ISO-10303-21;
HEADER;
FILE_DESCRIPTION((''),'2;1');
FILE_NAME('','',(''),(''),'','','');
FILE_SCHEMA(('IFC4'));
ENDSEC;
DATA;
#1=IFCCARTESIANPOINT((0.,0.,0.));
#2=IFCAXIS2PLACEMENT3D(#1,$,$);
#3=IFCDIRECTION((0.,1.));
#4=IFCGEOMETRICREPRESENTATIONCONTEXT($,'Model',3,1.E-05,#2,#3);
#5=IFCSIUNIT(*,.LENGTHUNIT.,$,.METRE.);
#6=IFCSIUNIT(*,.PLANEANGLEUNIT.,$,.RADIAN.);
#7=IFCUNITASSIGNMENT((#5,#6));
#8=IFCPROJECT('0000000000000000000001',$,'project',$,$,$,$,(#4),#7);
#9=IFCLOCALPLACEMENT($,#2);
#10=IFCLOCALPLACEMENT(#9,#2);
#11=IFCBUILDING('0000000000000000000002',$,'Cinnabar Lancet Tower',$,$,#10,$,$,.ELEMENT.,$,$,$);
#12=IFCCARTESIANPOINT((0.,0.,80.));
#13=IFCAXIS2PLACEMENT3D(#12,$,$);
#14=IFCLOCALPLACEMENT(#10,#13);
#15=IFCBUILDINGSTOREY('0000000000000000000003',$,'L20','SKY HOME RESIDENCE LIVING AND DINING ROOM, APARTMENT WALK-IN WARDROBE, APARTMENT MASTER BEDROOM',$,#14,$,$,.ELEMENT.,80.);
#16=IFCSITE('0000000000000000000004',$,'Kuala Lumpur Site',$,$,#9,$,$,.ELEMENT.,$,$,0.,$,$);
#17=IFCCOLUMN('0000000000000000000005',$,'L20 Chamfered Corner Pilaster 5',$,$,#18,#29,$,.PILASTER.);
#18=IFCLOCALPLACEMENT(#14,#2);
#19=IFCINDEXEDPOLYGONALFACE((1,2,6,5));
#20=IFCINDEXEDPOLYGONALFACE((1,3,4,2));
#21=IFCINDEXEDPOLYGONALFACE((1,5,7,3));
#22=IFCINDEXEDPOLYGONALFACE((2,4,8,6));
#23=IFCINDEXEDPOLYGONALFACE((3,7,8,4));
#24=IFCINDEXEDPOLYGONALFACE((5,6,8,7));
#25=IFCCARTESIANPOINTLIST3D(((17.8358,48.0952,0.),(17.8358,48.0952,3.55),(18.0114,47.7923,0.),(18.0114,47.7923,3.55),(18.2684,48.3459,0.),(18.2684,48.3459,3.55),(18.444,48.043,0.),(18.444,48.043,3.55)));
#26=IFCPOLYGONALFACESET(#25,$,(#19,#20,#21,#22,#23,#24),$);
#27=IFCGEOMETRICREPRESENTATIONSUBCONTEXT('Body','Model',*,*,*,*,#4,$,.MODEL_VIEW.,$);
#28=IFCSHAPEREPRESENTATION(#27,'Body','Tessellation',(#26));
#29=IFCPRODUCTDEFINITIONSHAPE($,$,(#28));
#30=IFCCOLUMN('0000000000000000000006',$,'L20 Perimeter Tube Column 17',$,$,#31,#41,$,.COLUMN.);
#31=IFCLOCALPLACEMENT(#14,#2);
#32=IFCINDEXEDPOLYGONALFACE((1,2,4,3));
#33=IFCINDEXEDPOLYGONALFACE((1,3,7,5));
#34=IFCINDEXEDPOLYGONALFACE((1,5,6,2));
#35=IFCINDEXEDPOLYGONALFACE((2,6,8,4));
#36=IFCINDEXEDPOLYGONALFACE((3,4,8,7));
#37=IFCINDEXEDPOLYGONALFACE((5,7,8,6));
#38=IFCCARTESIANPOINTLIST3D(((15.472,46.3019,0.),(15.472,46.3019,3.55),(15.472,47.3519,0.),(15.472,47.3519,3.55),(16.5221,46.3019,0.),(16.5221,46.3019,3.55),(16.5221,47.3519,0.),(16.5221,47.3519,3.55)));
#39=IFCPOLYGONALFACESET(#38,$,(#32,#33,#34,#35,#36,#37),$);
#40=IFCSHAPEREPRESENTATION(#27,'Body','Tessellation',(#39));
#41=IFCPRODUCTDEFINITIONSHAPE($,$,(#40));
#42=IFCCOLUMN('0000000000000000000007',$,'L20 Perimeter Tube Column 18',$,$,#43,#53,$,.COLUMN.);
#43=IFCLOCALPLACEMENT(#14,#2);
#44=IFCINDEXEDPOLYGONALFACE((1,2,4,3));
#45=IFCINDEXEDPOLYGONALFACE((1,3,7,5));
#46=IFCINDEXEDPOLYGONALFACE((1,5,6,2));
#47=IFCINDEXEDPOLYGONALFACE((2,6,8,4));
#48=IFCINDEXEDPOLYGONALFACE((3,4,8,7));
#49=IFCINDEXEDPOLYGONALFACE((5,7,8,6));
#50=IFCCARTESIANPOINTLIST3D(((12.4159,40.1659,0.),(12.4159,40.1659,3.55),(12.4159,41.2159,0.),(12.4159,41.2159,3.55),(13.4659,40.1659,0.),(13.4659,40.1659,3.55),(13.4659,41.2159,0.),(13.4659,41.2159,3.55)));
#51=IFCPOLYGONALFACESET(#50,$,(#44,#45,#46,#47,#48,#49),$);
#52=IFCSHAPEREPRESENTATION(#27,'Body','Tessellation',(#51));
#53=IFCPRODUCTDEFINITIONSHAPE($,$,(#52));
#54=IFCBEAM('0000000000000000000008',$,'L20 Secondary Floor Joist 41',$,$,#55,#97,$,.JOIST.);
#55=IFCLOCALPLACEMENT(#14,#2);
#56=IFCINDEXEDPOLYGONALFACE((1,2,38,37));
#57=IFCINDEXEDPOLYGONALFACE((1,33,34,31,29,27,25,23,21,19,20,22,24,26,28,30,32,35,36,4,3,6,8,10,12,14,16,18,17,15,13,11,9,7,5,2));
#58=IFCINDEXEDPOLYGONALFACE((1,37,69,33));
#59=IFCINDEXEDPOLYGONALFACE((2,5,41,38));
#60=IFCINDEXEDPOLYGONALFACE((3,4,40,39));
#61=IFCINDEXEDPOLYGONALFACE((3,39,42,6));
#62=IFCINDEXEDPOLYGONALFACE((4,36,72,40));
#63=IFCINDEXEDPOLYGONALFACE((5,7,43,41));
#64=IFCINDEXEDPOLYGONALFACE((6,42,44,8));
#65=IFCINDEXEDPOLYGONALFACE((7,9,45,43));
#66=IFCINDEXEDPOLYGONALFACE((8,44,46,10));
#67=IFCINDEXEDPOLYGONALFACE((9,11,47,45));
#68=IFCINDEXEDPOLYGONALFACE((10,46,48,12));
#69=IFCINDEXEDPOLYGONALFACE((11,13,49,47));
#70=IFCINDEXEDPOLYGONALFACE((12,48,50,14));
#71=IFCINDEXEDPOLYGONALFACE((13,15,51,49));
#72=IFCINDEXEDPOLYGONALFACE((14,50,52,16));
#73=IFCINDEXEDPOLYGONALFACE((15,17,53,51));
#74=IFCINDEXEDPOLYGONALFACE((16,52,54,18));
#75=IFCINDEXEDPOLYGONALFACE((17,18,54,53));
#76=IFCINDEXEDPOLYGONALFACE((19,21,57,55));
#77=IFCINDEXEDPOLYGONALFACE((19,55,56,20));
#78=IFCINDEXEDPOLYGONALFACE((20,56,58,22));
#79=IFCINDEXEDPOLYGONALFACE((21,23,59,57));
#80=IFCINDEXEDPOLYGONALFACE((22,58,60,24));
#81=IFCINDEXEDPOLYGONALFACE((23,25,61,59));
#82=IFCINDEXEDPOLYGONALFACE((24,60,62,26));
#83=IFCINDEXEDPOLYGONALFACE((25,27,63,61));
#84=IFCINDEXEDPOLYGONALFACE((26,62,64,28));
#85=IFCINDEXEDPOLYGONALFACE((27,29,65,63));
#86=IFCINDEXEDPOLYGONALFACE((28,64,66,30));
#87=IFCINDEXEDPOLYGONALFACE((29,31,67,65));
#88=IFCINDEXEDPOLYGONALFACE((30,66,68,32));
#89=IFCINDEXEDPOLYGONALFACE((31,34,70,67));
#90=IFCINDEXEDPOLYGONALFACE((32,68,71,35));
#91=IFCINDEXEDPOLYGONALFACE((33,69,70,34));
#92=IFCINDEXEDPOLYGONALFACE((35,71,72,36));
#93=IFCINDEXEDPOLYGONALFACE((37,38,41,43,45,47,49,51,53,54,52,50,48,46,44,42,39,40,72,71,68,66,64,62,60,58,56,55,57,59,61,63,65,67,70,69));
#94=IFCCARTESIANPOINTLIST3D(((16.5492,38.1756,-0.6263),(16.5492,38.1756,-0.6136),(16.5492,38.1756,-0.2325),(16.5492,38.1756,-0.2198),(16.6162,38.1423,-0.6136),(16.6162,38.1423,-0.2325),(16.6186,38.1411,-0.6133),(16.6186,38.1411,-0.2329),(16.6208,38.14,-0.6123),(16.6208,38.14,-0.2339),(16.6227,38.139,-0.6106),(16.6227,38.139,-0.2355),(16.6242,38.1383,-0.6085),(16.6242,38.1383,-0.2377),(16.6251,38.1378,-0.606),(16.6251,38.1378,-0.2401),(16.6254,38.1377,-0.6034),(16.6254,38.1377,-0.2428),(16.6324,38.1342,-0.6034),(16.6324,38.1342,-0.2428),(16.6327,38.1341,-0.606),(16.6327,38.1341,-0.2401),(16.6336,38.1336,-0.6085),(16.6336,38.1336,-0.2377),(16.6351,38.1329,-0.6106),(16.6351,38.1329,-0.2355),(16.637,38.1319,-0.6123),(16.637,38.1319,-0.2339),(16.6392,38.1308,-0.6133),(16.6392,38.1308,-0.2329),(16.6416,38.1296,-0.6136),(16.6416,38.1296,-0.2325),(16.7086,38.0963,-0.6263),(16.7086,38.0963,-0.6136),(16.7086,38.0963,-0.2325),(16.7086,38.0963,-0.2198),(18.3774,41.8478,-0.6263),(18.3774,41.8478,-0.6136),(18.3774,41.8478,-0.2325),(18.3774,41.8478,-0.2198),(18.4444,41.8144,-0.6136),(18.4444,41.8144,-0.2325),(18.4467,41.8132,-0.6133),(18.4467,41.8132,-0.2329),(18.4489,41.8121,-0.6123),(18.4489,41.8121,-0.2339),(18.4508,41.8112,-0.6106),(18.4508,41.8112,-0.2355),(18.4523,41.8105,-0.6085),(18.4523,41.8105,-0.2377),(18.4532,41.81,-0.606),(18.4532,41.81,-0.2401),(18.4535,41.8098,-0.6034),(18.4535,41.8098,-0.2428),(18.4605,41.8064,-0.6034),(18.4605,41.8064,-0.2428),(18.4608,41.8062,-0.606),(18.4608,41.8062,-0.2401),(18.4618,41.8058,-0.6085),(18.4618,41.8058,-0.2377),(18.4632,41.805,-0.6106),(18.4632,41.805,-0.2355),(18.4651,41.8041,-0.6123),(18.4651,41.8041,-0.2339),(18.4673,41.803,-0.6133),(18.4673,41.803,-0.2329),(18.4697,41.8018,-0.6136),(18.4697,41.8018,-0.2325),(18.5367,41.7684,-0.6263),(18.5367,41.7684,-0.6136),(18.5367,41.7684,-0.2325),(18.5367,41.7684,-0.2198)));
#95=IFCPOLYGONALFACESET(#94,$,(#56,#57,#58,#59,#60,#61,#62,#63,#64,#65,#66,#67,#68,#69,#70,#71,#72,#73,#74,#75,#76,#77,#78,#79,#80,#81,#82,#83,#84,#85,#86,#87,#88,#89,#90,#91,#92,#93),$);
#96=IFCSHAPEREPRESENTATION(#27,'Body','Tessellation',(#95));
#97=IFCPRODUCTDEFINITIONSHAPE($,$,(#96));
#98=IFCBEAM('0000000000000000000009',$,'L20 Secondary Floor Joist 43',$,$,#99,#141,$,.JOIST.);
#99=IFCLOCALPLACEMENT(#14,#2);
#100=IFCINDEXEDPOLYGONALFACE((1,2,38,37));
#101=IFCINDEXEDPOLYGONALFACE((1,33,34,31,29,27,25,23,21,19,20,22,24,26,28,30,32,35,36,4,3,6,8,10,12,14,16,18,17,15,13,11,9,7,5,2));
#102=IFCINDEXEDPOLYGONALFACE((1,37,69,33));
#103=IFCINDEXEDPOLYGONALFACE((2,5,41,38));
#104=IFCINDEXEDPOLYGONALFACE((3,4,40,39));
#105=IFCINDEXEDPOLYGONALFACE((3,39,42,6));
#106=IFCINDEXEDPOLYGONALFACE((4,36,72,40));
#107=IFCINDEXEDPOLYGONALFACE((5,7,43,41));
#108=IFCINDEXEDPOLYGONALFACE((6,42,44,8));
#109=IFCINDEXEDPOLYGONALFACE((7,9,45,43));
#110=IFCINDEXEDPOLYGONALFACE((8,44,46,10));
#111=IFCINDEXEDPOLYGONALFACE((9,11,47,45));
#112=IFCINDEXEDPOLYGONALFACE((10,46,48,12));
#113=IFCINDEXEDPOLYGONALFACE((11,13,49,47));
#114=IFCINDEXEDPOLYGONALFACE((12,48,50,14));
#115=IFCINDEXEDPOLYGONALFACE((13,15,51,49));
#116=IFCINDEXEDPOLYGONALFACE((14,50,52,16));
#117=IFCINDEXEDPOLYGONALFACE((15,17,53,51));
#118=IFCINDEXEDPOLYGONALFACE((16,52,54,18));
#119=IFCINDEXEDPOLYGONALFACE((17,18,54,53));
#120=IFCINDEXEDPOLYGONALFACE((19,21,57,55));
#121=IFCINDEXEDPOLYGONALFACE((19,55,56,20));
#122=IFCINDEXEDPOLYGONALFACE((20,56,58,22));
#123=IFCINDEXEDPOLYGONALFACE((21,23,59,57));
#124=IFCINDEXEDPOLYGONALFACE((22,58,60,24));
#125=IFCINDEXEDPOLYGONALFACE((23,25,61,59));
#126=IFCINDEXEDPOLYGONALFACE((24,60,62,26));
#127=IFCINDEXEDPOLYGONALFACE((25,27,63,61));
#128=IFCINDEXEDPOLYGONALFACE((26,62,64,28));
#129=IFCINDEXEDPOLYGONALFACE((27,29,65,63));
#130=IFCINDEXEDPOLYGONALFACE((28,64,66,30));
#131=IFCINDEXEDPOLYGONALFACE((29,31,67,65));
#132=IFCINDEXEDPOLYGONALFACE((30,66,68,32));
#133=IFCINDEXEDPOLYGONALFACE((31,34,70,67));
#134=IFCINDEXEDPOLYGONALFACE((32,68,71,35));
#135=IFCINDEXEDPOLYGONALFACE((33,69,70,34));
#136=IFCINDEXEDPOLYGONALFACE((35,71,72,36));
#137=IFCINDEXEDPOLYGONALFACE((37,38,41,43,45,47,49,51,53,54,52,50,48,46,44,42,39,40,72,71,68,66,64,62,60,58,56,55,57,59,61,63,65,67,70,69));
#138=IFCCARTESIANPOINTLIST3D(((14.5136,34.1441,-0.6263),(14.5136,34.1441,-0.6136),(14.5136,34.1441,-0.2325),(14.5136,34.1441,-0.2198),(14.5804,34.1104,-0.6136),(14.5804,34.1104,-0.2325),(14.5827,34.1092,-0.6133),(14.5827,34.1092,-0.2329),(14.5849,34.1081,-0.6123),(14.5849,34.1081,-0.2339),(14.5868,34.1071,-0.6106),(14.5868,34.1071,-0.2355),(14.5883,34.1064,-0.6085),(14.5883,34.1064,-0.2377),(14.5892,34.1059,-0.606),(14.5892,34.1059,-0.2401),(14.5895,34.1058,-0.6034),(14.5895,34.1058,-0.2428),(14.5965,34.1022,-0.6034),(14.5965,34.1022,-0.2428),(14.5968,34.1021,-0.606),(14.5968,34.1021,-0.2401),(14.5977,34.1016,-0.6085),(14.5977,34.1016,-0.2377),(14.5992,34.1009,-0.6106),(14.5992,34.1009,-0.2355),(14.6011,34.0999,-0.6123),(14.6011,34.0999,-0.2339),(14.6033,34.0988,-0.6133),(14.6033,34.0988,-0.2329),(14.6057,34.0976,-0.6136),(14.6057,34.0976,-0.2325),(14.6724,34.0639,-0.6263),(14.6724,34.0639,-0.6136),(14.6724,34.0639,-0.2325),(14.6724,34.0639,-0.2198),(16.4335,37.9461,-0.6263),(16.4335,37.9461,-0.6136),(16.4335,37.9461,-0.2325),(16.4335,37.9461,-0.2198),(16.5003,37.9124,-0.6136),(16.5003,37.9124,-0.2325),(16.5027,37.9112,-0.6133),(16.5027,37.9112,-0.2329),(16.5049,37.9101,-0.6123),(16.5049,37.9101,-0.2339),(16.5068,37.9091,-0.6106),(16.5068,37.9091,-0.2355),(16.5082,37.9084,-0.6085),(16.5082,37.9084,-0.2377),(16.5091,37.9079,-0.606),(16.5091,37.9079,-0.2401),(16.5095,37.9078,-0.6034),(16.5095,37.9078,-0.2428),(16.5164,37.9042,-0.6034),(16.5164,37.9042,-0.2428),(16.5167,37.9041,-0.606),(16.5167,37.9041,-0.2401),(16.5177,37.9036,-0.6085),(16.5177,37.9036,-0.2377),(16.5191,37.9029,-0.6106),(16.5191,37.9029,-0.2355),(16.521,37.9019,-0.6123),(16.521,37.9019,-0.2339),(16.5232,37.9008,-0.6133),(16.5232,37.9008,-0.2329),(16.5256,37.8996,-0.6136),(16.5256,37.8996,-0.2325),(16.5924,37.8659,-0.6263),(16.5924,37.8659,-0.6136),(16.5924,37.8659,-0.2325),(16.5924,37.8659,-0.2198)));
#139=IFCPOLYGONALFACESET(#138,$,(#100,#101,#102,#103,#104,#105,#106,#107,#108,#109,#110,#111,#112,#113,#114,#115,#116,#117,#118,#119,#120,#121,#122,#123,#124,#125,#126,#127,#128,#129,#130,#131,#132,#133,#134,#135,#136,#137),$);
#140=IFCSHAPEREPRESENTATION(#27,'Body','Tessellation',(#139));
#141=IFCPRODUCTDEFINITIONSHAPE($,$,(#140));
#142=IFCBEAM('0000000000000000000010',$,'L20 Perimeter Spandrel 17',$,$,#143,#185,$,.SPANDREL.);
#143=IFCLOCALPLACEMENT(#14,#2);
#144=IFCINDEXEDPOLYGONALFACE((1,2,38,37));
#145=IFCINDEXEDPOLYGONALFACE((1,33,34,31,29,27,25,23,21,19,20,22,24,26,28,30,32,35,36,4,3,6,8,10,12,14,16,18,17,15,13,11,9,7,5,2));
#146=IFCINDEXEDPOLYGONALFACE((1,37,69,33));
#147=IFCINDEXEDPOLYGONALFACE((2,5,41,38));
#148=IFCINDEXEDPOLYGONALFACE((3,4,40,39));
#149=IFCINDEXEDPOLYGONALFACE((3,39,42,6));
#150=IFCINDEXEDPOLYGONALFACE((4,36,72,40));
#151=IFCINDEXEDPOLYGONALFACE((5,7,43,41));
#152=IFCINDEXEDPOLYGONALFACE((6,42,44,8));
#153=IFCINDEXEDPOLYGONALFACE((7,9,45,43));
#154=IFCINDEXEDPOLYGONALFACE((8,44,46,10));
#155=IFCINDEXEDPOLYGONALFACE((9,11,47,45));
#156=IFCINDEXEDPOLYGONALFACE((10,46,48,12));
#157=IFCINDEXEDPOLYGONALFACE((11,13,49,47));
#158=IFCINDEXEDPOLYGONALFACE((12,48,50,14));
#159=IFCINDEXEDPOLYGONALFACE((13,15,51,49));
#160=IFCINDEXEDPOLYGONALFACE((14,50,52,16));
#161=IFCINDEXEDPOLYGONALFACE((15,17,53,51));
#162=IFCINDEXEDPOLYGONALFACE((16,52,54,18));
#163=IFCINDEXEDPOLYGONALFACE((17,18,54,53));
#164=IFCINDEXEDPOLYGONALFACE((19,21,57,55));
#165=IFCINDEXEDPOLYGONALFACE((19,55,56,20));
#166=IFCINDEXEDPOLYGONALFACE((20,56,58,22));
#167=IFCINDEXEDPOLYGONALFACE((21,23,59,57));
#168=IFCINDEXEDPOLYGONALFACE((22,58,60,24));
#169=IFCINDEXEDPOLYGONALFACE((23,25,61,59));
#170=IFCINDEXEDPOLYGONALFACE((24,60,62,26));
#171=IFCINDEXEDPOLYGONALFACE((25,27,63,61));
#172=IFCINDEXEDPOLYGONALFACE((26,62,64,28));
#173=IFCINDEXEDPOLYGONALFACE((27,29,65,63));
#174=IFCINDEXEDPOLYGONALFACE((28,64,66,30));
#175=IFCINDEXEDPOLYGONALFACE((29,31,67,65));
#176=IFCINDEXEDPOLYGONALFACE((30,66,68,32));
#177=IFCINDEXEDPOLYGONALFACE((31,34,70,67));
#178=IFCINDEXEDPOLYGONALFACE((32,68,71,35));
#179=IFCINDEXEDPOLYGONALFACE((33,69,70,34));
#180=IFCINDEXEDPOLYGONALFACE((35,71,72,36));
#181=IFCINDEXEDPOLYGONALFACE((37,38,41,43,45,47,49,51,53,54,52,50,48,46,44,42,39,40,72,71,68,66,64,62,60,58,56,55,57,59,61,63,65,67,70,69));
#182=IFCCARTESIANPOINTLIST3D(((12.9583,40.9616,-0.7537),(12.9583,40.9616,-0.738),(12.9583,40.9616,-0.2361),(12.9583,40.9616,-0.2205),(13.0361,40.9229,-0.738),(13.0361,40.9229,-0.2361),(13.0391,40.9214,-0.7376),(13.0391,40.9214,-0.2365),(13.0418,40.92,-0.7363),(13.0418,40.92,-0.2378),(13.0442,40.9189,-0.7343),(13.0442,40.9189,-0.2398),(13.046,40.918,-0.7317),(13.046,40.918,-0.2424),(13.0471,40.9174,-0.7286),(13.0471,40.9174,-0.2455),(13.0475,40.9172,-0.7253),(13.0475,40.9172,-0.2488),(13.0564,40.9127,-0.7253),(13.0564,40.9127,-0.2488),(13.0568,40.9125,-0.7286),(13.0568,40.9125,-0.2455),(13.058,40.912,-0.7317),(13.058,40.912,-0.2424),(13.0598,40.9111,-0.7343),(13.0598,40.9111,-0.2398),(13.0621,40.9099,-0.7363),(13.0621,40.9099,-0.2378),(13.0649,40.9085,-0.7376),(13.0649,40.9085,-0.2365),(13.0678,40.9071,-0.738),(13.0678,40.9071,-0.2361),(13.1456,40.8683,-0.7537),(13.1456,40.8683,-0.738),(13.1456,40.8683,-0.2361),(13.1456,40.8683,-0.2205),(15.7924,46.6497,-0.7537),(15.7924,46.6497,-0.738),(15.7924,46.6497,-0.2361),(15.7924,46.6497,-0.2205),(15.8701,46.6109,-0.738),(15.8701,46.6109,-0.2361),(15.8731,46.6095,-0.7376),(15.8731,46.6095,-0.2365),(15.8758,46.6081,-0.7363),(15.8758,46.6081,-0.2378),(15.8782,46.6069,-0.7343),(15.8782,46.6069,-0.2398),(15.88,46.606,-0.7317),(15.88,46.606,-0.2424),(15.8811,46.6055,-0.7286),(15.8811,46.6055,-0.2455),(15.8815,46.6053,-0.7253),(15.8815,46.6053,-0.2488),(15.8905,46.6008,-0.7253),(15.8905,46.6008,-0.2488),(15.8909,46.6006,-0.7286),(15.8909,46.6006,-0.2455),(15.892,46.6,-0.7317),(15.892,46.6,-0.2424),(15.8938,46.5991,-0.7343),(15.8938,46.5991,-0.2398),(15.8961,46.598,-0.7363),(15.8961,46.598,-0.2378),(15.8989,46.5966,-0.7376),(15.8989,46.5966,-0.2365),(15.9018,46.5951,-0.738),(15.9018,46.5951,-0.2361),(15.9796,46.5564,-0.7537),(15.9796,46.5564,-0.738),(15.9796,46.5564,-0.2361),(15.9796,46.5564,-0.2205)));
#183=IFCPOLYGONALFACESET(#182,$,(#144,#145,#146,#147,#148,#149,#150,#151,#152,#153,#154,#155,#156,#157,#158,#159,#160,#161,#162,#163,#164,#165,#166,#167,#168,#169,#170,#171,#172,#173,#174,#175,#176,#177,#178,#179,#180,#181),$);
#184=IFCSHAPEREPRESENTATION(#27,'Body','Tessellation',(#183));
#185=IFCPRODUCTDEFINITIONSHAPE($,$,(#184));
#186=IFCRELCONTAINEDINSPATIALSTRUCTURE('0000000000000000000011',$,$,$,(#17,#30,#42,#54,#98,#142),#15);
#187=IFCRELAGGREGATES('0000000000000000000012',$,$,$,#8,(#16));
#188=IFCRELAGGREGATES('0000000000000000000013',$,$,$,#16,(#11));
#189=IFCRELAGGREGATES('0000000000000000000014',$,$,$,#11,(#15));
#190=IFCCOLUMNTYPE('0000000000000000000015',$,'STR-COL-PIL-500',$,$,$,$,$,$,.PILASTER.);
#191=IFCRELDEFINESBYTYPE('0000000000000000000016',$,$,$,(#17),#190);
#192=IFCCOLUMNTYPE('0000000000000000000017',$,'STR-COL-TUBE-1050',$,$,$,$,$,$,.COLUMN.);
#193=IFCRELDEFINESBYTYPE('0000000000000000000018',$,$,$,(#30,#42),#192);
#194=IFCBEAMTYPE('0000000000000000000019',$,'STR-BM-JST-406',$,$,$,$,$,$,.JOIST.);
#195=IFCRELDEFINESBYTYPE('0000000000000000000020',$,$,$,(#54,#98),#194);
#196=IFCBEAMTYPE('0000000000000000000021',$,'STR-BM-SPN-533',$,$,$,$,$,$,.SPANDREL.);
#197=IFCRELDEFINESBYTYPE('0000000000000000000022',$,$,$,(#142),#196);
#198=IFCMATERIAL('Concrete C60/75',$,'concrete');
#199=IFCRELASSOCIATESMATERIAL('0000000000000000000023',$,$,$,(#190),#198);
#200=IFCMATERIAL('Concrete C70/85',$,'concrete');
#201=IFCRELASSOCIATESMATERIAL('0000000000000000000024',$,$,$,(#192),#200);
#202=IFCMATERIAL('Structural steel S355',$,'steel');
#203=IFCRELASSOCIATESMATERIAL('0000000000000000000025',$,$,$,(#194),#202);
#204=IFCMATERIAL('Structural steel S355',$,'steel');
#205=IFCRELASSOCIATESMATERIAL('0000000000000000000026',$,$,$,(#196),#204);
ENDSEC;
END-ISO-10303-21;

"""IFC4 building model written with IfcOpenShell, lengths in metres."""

from ifc_helpers import new_model, si_unit, direction, frame, origin, origin_2d, place, context, subcontext, project, spatial, rectangle, i_section, extrude, material, material_profile, profile_set, type_object, element, save


model = new_model("IFC4")

# Units and contexts
model_context = context("Model", 3, precision=1e-05, world=origin(), true_north=direction((0.0, 1.0)))
body_context = subcontext(model_context, "Body", "Model", "MODEL_VIEW")
ifc_project = project(units=[si_unit("LENGTHUNIT", "METRE"), si_unit("PLANEANGLEUNIT", "RADIAN")], contexts=[model_context])

# Site, building, storey
site_placement = place(None, origin())
site = spatial("IfcSite", under=ifc_project, at=site_placement, Name="Kuala Lumpur Site", CompositionType="ELEMENT", RefElevation=0.0)
building_placement = place(site_placement, origin())
building = spatial("IfcBuilding", under=site, at=building_placement, Name="Cinnabar Lancet Tower", CompositionType="ELEMENT")
storey_placement = place(building_placement, frame((0.0, 0.0, 80.0)))
storey = spatial("IfcBuildingStorey", under=building, at=storey_placement, Name="L20", Description="SKY HOME RESIDENCE LIVING AND DINING ROOM, APARTMENT WALK-IN WARDROBE, APARTMENT MASTER BEDROOM", CompositionType="ELEMENT", Elevation=80.0)

# Columns
ifc_material_1 = material(Name="Concrete C60/75", Category="concrete")
ifc_material_profile_1 = material_profile(ifc_material_1, rectangle(XDim=0.5, YDim=0.3501, at=origin_2d()), Name="RC-PIL 500x350")
ifc_profile_set_1 = profile_set([ifc_material_profile_1], Name="Concrete C60/75")
column_type_1 = type_object("IfcColumnType", Name="STR-COL-PIL-500", PredefinedType="PILASTER", material=ifc_profile_set_1)
column_placement = place(storey_placement, frame((18.1399, 48.0691, 0.0), z_axis=(0.0, 0.0, 1.0), x_axis=(-0.865195, -0.501435, 0.0)))
element("IfcColumn", 1, at=column_placement, inside=storey, type_object=column_type_1, Name="L20 Chamfered Corner Pilaster 5", PredefinedType="PILASTER", context=body_context, shape_type="SweptSolid", body=[
    extrude(rectangle(XDim=0.5, YDim=0.3501, at=origin_2d()), origin(), (0.0, 0.0, 1.0), 3.55),
])
ifc_material_2 = material(Name="Concrete C70/85", Category="concrete")
ifc_material_profile_2 = material_profile(ifc_material_2, rectangle(XDim=1.05, YDim=1.05, at=origin_2d()), Name="RC-COL 1050x1050")
ifc_profile_set_2 = profile_set([ifc_material_profile_2], Name="Concrete C70/85")
column_type_2 = type_object("IfcColumnType", Name="STR-COL-TUBE-1050", PredefinedType="COLUMN", material=ifc_profile_set_2)
for number, where, z_axis, x_axis, name in (
    (2, (15.9971, 46.8269, 0.0), (0.0, 0.0, 1.0), (1.0, 0.0, 0.0), "L20 Perimeter Tube Column 17"),
    (3, (12.9409, 40.6909, 0.0), (0.0, 0.0, 1.0), (1.0, 0.0, 0.0), "L20 Perimeter Tube Column 18"),
):
    element("IfcColumn", number, at=place(storey_placement, frame(where, z_axis=z_axis, x_axis=x_axis)), inside=storey, type_object=column_type_2, Name=name, PredefinedType="COLUMN", context=body_context, shape_type="SweptSolid", body=[
        extrude(rectangle(XDim=1.05, YDim=1.05, at=origin_2d()), origin(), (0.0, 0.0, 1.0), 3.55),
    ])

# Beams
ifc_material_3 = material(Name="Structural steel S355", Category="steel")
ifc_material_profile_3 = material_profile(ifc_material_3, i_section(OverallWidth=0.178, OverallDepth=0.4065, WebThickness=0.0078, FlangeThickness=0.0127, FilletRadius=0.0103, at=origin_2d()), Name="UKB 406x178x60")
ifc_profile_set_3 = profile_set([ifc_material_profile_3], Name="Structural steel S355")
beam_type_1 = type_object("IfcBeamType", Name="STR-BM-JST-406", PredefinedType="JOIST", material=ifc_profile_set_3)
beam_1_placement = place(storey_placement, frame((18.457, 41.8081, -0.4231), z_axis=(-0.445665, -0.8952, 0.0), x_axis=(0.8952, -0.445665, 0.0)))
element("IfcBeam", 4, at=beam_1_placement, inside=storey, type_object=beam_type_1, Name="L20 Secondary Floor Joist 41", PredefinedType="JOIST", context=body_context, shape_type="SweptSolid", body=[
    extrude(i_section(OverallWidth=0.178, OverallDepth=0.4065, WebThickness=0.0078, FlangeThickness=0.0127, FilletRadius=0.0103, at=origin_2d()), origin(), (0.0, 0.0, 1.0), 4.1021),
])
beam_2_placement = place(storey_placement, frame((16.5129, 37.906, -0.4231), z_axis=(-0.450764, -0.892643, 0.0), x_axis=(0.892643, -0.450764, 0.0)))
element("IfcBeam", 5, at=beam_2_placement, inside=storey, type_object=beam_type_1, Name="L20 Secondary Floor Joist 43", PredefinedType="JOIST", context=body_context, shape_type="SweptSolid", body=[
    extrude(i_section(OverallWidth=0.178, OverallDepth=0.4065, WebThickness=0.0078, FlangeThickness=0.0127, FilletRadius=0.0103, at=origin_2d()), origin(), (0.0, 0.0, 1.0), 4.2593),
])
ifc_material_4 = material(Name="Structural steel S355", Category="steel")
ifc_material_profile_4 = material_profile(ifc_material_4, i_section(OverallWidth=0.2092, OverallDepth=0.5332, WebThickness=0.01, FlangeThickness=0.0156, FilletRadius=0.0127, at=origin_2d()), Name="UKB 533x210x92")
ifc_profile_set_4 = profile_set([ifc_material_profile_4], Name="Structural steel S355")
beam_type_2 = type_object("IfcBeamType", Name="STR-BM-SPN-533", PredefinedType="SPANDREL", material=ifc_profile_set_4)
beam_3_placement = place(storey_placement, frame((15.886, 46.603, -0.4871), z_axis=(-0.445953, -0.895056, 0.0), x_axis=(0.895056, -0.445953, 0.0)))
element("IfcBeam", 6, at=beam_3_placement, inside=storey, type_object=beam_type_2, Name="L20 Perimeter Spandrel 17", PredefinedType="SPANDREL", context=body_context, shape_type="SweptSolid", body=[
    extrude(i_section(OverallWidth=0.2092, OverallDepth=0.5332, WebThickness=0.01, FlangeThickness=0.0156, FilletRadius=0.0127, at=origin_2d()), origin(), (0.0, 0.0, 1.0), 6.355),
])

save(model, "model.ifc")
